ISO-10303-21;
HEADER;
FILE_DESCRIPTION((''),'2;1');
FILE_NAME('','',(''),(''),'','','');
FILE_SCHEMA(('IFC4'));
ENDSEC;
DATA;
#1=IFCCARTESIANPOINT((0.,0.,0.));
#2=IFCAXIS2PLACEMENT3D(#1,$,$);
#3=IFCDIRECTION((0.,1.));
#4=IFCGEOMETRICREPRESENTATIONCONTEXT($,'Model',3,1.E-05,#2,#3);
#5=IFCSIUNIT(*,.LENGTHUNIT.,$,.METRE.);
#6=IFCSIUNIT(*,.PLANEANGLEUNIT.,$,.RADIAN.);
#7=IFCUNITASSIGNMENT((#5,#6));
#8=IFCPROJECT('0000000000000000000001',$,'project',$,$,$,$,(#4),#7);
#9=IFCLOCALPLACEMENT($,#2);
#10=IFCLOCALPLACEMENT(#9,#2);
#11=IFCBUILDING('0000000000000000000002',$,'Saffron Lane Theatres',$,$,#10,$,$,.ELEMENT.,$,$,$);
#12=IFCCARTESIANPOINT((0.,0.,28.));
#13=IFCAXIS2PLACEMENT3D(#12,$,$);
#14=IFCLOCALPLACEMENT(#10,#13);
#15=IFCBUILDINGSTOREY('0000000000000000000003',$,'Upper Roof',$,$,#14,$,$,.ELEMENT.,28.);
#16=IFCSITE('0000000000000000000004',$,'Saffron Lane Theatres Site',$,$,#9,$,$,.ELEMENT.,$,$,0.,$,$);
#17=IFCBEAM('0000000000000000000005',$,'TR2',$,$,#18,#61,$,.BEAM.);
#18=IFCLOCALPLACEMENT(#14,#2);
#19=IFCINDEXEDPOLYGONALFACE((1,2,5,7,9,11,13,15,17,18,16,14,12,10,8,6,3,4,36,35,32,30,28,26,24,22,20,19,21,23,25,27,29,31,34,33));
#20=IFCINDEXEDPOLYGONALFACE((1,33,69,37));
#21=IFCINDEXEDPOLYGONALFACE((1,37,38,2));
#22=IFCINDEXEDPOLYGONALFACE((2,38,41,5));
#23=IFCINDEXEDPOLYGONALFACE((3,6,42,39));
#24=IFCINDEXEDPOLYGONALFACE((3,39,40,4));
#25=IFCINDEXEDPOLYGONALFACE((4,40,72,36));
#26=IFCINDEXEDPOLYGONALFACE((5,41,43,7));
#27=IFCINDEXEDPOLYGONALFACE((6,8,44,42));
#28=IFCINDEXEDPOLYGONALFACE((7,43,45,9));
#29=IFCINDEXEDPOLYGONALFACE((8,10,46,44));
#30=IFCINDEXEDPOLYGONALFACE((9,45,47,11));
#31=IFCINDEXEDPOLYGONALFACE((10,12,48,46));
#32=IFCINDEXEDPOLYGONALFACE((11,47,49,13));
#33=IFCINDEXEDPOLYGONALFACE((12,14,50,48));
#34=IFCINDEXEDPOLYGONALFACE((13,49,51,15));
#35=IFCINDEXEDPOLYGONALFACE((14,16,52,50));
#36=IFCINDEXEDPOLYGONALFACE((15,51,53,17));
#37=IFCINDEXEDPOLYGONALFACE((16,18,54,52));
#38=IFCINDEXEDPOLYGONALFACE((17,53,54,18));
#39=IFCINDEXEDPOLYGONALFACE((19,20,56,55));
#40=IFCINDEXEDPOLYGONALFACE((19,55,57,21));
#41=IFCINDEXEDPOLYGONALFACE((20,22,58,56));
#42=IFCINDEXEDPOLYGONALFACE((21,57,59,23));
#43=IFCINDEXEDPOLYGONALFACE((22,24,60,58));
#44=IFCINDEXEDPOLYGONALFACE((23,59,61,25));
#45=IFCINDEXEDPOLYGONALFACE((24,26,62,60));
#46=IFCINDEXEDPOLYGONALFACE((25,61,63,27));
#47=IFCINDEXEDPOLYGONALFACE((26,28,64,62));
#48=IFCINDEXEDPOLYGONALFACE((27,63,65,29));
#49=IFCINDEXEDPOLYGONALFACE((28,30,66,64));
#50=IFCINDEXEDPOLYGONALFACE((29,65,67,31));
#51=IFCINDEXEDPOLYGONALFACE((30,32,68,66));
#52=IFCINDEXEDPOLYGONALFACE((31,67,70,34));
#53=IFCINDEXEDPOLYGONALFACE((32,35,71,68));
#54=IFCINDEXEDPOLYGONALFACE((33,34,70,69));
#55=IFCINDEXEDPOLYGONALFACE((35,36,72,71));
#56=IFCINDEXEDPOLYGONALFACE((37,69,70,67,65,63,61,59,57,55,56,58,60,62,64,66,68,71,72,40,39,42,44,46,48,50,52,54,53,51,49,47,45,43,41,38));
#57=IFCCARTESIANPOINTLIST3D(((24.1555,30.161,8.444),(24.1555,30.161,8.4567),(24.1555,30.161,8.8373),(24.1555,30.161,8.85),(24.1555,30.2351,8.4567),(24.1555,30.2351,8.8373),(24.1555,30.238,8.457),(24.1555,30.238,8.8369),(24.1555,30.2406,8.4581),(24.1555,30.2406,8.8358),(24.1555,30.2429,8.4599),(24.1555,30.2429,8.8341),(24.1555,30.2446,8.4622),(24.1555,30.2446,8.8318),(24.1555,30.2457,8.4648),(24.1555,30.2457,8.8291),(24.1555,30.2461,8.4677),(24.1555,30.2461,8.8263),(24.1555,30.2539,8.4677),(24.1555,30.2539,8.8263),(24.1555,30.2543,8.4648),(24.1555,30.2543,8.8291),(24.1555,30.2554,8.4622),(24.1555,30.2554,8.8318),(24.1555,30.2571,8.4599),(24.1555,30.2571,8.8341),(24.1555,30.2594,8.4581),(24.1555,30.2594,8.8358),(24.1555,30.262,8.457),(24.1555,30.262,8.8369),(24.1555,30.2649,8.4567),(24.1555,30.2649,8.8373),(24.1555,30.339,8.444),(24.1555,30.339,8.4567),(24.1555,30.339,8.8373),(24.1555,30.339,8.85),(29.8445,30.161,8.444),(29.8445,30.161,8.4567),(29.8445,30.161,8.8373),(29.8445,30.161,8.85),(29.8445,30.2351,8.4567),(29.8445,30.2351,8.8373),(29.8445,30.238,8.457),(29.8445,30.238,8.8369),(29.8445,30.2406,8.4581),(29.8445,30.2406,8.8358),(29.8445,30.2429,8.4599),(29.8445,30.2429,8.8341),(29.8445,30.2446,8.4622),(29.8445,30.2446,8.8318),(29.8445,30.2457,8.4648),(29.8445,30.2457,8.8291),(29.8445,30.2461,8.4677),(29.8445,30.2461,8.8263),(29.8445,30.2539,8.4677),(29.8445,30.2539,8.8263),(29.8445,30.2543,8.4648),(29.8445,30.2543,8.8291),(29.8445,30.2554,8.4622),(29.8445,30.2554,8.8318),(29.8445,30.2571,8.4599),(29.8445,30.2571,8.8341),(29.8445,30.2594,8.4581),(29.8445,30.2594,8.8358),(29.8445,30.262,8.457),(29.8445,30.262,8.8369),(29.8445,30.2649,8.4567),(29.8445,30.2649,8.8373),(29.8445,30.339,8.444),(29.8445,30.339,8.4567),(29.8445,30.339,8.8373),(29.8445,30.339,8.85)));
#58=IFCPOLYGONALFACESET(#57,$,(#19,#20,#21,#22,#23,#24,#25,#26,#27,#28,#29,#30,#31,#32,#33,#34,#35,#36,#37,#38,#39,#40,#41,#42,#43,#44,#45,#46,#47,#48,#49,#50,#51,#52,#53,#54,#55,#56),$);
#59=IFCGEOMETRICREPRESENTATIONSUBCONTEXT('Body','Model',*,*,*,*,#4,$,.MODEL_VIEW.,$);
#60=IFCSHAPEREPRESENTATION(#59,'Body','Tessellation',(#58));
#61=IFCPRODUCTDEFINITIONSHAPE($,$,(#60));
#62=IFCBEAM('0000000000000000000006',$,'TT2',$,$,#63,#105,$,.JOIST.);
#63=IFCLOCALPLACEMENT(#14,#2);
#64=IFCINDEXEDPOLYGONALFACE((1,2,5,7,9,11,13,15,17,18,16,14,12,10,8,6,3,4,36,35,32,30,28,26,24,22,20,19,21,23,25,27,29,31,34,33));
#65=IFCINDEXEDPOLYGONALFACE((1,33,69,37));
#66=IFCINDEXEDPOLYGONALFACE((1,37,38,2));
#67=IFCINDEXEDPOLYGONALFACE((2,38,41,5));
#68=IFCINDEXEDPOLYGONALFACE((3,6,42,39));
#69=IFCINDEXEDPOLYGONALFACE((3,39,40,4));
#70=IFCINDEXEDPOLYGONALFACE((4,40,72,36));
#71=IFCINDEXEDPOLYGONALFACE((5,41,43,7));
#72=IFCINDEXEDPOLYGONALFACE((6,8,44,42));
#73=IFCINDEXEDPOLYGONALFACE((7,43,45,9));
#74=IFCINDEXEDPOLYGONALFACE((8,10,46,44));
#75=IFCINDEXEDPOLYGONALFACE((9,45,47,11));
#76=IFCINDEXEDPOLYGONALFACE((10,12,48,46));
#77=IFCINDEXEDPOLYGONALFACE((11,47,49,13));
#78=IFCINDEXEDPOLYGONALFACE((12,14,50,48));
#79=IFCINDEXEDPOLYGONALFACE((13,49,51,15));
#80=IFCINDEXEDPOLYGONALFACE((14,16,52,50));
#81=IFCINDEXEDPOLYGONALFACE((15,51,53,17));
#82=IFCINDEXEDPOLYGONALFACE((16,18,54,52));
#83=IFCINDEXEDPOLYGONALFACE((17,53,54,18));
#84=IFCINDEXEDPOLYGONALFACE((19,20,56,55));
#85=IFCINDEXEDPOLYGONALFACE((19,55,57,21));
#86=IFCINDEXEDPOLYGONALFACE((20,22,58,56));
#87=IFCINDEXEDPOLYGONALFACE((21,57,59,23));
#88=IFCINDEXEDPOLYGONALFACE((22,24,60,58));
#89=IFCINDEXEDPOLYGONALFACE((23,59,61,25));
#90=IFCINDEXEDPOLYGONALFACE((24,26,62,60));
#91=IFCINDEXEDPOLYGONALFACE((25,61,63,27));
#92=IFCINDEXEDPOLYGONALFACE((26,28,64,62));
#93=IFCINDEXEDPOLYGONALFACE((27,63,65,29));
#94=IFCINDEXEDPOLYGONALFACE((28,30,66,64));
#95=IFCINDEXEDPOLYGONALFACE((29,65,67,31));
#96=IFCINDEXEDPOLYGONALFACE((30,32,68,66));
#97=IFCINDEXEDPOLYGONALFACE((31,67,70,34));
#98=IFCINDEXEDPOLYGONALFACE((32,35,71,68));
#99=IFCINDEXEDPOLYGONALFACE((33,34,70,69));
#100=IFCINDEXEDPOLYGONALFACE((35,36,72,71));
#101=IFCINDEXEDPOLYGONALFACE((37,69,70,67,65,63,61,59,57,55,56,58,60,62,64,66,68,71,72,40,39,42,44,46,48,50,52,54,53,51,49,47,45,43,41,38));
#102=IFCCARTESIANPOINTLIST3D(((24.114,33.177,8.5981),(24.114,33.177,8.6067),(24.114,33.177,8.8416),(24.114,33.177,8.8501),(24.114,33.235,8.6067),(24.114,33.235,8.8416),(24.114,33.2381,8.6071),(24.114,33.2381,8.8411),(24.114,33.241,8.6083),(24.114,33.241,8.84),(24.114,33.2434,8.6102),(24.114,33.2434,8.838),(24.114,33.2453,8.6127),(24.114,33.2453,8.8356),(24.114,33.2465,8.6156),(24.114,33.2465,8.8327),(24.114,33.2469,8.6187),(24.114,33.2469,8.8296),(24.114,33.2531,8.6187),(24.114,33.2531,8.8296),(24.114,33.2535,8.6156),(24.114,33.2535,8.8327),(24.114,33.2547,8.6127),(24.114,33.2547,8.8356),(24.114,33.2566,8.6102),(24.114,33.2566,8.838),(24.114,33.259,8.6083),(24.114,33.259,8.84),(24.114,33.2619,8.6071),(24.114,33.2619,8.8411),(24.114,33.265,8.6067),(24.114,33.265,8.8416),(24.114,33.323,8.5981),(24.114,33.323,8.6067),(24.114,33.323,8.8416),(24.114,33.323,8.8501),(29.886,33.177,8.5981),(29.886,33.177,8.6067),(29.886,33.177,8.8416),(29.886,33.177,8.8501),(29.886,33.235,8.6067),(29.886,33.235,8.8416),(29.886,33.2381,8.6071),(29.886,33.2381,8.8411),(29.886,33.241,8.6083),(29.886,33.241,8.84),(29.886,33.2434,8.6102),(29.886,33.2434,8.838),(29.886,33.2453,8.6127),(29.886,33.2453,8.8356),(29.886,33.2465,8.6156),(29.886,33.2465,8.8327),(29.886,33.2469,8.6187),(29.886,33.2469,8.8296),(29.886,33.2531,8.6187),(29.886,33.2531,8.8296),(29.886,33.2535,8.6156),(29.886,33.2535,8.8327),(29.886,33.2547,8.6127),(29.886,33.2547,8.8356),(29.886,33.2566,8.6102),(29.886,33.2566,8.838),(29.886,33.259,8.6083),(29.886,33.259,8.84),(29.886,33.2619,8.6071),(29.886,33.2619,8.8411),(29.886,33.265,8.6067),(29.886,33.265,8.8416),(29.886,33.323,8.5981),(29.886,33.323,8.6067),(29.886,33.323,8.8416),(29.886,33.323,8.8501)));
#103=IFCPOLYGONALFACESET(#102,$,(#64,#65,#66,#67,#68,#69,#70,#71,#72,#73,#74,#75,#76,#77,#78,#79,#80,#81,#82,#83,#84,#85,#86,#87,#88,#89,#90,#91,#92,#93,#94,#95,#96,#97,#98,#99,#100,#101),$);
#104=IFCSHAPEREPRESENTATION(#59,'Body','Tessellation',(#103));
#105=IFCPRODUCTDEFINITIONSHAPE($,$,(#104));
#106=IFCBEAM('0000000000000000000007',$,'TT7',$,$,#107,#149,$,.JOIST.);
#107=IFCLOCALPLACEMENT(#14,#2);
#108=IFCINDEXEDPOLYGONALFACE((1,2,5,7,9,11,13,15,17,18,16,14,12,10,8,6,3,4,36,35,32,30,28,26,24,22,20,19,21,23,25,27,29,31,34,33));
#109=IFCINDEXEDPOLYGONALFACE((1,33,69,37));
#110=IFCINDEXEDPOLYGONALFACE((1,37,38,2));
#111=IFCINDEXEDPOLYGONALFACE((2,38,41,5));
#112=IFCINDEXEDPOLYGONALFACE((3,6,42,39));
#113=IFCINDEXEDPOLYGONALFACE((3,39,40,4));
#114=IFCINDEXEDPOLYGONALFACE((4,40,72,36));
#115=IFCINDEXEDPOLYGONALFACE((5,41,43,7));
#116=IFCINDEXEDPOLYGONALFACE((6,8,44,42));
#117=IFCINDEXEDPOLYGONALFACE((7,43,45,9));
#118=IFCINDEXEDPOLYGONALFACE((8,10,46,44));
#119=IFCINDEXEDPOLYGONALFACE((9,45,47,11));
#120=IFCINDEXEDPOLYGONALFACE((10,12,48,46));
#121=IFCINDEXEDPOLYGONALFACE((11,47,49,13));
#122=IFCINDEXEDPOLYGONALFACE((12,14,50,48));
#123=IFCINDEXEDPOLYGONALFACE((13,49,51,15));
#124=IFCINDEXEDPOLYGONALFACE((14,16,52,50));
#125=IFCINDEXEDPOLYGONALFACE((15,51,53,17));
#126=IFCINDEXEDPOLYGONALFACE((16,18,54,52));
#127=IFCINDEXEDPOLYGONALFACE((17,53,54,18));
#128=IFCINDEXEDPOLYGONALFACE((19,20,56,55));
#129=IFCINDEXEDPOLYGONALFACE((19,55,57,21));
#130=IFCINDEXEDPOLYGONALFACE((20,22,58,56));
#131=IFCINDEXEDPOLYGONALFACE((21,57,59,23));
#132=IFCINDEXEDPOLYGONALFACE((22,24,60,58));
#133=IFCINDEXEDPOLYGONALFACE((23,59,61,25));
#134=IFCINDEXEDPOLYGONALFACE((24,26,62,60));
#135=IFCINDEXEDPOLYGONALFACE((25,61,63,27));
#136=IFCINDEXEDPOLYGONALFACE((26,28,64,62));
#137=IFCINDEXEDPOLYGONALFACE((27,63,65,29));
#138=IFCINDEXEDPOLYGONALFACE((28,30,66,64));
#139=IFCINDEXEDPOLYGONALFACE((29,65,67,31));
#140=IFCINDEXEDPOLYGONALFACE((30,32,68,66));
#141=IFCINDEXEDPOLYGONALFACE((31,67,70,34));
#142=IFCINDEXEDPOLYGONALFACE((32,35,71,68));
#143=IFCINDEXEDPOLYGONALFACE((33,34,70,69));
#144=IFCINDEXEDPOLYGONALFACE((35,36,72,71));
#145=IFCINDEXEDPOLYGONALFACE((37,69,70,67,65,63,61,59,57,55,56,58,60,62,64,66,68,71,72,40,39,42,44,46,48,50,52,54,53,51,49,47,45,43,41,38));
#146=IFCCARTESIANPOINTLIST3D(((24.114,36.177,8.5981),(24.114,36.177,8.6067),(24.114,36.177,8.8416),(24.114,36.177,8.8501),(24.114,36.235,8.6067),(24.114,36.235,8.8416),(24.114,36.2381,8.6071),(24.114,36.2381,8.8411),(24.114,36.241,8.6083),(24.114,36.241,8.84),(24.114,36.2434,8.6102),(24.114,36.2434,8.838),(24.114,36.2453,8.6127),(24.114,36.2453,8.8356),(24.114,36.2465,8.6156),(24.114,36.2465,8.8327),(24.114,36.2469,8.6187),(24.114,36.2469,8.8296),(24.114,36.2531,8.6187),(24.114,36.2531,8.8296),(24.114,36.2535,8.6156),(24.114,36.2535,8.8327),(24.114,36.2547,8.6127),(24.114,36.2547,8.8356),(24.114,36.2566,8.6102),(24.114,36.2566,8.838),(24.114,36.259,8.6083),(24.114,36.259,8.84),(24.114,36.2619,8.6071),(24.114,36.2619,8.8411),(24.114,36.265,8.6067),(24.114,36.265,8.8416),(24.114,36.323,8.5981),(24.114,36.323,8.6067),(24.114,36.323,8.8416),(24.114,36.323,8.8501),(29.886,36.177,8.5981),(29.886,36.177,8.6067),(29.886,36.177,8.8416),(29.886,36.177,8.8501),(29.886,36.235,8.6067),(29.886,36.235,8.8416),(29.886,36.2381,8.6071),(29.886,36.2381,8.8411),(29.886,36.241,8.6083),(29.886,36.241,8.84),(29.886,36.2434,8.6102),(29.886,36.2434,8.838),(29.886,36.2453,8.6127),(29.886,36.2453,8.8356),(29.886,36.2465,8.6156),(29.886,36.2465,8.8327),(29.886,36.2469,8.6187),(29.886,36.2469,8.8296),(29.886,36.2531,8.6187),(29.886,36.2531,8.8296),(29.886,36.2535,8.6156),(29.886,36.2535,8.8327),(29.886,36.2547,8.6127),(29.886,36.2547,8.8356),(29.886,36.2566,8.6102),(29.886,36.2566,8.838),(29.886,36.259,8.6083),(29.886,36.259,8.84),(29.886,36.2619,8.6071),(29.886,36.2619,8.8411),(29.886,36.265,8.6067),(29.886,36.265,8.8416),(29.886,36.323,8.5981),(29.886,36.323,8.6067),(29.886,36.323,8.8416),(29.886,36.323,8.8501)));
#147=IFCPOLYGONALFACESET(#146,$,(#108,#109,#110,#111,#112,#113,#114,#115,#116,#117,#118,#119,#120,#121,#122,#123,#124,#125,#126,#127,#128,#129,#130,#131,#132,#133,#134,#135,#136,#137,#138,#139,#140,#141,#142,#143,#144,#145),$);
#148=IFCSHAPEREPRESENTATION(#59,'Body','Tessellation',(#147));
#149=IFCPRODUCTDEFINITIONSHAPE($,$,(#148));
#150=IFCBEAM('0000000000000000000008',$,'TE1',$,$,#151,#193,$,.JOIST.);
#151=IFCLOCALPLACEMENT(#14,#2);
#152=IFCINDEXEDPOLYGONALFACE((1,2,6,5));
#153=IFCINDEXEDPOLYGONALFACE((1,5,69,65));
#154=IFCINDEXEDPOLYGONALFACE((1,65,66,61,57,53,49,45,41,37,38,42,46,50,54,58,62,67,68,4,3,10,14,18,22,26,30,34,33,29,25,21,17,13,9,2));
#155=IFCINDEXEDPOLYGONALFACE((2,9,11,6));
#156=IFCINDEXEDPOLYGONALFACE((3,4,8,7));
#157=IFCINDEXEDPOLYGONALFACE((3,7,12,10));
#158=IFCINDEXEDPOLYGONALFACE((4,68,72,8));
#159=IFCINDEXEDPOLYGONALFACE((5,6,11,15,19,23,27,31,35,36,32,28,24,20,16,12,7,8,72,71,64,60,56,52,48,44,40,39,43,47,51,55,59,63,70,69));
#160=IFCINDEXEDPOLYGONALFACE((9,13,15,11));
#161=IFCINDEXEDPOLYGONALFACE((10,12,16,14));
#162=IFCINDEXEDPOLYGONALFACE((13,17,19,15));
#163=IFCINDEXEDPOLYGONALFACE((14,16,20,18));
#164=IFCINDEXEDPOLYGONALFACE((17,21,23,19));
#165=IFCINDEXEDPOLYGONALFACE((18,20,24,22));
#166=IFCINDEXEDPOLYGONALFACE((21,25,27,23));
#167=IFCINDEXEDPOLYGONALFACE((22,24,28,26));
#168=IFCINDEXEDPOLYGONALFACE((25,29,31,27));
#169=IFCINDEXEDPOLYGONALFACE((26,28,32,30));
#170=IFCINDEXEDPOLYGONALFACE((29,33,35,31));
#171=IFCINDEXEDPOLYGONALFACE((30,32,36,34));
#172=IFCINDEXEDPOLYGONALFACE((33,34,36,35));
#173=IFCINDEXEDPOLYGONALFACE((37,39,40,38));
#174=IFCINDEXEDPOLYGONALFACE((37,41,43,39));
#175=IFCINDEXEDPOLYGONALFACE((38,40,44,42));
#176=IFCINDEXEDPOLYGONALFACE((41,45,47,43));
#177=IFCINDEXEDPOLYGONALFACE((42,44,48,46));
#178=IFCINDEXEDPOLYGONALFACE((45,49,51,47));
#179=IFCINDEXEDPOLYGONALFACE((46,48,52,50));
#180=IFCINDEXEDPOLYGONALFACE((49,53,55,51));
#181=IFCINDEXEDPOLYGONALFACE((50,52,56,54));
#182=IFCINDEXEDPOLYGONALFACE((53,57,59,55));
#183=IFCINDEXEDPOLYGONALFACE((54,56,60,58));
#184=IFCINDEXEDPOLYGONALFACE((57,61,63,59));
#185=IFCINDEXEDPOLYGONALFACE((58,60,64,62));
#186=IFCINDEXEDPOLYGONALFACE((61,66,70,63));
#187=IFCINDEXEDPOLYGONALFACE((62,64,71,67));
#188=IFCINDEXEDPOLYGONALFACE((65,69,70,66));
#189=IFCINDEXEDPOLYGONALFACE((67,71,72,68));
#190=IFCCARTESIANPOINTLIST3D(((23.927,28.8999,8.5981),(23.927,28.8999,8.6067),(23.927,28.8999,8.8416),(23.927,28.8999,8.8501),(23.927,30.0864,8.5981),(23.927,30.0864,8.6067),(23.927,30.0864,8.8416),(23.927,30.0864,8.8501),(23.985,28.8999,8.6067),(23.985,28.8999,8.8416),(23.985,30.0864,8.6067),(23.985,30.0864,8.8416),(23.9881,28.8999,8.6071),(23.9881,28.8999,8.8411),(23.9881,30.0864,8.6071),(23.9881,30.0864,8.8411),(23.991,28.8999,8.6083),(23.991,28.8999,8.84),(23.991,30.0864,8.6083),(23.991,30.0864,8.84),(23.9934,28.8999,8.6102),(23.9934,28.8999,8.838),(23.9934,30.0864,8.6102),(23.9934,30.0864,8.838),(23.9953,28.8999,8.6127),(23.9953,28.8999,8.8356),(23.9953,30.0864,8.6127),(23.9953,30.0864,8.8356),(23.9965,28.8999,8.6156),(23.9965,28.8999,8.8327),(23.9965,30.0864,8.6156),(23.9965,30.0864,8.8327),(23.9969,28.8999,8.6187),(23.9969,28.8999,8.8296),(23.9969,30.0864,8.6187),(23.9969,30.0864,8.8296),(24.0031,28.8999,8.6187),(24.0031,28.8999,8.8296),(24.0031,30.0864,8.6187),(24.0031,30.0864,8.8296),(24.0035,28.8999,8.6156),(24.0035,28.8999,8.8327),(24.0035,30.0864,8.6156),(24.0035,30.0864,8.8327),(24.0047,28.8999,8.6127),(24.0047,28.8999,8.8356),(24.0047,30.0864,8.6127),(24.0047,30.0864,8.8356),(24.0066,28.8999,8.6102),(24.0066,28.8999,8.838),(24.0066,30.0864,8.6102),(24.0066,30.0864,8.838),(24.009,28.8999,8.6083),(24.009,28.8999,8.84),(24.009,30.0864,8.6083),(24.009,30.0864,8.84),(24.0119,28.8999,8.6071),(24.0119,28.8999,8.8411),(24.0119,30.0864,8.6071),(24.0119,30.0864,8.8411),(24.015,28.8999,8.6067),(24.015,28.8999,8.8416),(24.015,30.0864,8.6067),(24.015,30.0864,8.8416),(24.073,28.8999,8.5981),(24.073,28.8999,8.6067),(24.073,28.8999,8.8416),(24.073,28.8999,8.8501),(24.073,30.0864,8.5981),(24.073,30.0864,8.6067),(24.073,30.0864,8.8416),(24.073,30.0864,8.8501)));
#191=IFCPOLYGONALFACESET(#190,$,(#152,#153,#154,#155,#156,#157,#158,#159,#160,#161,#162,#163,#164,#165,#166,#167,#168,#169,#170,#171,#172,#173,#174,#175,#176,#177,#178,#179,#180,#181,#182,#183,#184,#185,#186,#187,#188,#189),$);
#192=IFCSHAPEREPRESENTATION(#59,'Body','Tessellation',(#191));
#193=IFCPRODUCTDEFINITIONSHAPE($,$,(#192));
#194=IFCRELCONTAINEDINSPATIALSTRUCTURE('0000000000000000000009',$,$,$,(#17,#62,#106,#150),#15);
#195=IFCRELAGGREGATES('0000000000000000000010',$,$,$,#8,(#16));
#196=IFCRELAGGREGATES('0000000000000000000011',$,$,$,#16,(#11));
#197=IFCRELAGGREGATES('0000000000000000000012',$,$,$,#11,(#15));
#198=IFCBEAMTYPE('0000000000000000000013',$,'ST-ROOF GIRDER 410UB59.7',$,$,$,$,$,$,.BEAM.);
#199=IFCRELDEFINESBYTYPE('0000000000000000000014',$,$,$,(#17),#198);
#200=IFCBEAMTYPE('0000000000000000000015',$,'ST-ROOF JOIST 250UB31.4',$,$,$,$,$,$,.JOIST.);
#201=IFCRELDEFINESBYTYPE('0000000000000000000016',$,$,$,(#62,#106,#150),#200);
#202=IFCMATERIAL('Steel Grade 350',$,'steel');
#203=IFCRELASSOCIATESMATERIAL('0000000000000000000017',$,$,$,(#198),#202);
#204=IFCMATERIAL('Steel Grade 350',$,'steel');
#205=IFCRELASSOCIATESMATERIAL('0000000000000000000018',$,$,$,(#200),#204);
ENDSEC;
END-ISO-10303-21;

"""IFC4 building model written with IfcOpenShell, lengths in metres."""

from ifc_helpers import new_model, si_unit, direction, frame, origin, origin_2d, place, context, subcontext, project, spatial, i_section, extrude, material, material_profile, profile_set, type_object, element, save


model = new_model("IFC4")

# Units and contexts
model_context = context("Model", 3, precision=1e-05, world=origin(), true_north=direction((0.0, 1.0)))
body_context = subcontext(model_context, "Body", "Model", "MODEL_VIEW")
ifc_project = project(units=[si_unit("LENGTHUNIT", "METRE"), si_unit("PLANEANGLEUNIT", "RADIAN")], contexts=[model_context])

# Site, building, storey
site_placement = place(None, origin())
site = spatial("IfcSite", under=ifc_project, at=site_placement, Name="Saffron Lane Theatres Site", CompositionType="ELEMENT", RefElevation=0.0)
building_placement = place(site_placement, origin())
building = spatial("IfcBuilding", under=site, at=building_placement, Name="Saffron Lane Theatres", CompositionType="ELEMENT")
storey_placement = place(building_placement, frame((0.0, 0.0, 28.0)))
storey = spatial("IfcBuildingStorey", under=building, at=storey_placement, Name="Upper Roof", CompositionType="ELEMENT", Elevation=28.0)

# Beams
ifc_material_1 = material(Name="Steel Grade 350", Category="steel")
ifc_material_profile_1 = material_profile(ifc_material_1, i_section(OverallWidth=0.178, OverallDepth=0.406, WebThickness=0.0078, FlangeThickness=0.0127, FilletRadius=0.011, at=origin_2d()))
ifc_profile_set_1 = profile_set([ifc_material_profile_1], Name="Steel Grade 350")
beam_type_1 = type_object("IfcBeamType", Name="ST-ROOF GIRDER 410UB59.7", PredefinedType="BEAM", material=ifc_profile_set_1)
beam_1_placement = place(storey_placement, frame((24.1555, 30.25, 8.647), z_axis=(1.0, 0.0, 0.0), x_axis=(0.0, 1.0, 0.0)))
element("IfcBeam", 1, at=beam_1_placement, inside=storey, type_object=beam_type_1, Name="TR2", PredefinedType="BEAM", context=body_context, shape_type="SweptSolid", body=[
    extrude(i_section(OverallWidth=0.178, OverallDepth=0.406, WebThickness=0.0078, FlangeThickness=0.0127, FilletRadius=0.011, at=origin_2d()), origin(), (0.0, 0.0, 1.0), 5.689),
])
ifc_material_2 = material(Name="Steel Grade 350", Category="steel")
ifc_material_profile_2 = material_profile(ifc_material_2, i_section(OverallWidth=0.146, OverallDepth=0.252, WebThickness=0.0061, FlangeThickness=0.0085, FilletRadius=0.012, at=origin_2d()))
ifc_profile_set_2 = profile_set([ifc_material_profile_2], Name="Steel Grade 350")
beam_type_2 = type_object("IfcBeamType", Name="ST-ROOF JOIST 250UB31.4", PredefinedType="JOIST", material=ifc_profile_set_2)
for number, where, z_axis, x_axis, name in (
    (2, (24.114, 33.25, 8.7241), (1.0, 0.0, 0.0), (0.0, 1.0, 0.0), "TT2"),
    (3, (24.114, 36.25, 8.7241), (1.0, 0.0, 0.0), (0.0, 1.0, 0.0), "TT7"),
):
    element("IfcBeam", number, at=place(storey_placement, frame(where, z_axis=z_axis, x_axis=x_axis)), inside=storey, type_object=beam_type_2, Name=name, PredefinedType="JOIST", context=body_context, shape_type="SweptSolid", body=[
        extrude(i_section(OverallWidth=0.146, OverallDepth=0.252, WebThickness=0.0061, FlangeThickness=0.0085, FilletRadius=0.012, at=origin_2d()), origin(), (0.0, 0.0, 1.0), 5.772),
    ])
beam_2_placement = place(storey_placement, frame((24.0, 30.0864, 8.7241), z_axis=(0.0, -1.0, 0.0), x_axis=(1.0, 0.0, 0.0)))
element("IfcBeam", 4, at=beam_2_placement, inside=storey, type_object=beam_type_2, Name="TE1", PredefinedType="JOIST", context=body_context, shape_type="SweptSolid", body=[
    extrude(i_section(OverallWidth=0.146, OverallDepth=0.252, WebThickness=0.0061, FlangeThickness=0.0085, FilletRadius=0.012, at=origin_2d()), origin(), (0.0, 0.0, 1.0), 1.1865),
])

save(model, "model.ifc")
